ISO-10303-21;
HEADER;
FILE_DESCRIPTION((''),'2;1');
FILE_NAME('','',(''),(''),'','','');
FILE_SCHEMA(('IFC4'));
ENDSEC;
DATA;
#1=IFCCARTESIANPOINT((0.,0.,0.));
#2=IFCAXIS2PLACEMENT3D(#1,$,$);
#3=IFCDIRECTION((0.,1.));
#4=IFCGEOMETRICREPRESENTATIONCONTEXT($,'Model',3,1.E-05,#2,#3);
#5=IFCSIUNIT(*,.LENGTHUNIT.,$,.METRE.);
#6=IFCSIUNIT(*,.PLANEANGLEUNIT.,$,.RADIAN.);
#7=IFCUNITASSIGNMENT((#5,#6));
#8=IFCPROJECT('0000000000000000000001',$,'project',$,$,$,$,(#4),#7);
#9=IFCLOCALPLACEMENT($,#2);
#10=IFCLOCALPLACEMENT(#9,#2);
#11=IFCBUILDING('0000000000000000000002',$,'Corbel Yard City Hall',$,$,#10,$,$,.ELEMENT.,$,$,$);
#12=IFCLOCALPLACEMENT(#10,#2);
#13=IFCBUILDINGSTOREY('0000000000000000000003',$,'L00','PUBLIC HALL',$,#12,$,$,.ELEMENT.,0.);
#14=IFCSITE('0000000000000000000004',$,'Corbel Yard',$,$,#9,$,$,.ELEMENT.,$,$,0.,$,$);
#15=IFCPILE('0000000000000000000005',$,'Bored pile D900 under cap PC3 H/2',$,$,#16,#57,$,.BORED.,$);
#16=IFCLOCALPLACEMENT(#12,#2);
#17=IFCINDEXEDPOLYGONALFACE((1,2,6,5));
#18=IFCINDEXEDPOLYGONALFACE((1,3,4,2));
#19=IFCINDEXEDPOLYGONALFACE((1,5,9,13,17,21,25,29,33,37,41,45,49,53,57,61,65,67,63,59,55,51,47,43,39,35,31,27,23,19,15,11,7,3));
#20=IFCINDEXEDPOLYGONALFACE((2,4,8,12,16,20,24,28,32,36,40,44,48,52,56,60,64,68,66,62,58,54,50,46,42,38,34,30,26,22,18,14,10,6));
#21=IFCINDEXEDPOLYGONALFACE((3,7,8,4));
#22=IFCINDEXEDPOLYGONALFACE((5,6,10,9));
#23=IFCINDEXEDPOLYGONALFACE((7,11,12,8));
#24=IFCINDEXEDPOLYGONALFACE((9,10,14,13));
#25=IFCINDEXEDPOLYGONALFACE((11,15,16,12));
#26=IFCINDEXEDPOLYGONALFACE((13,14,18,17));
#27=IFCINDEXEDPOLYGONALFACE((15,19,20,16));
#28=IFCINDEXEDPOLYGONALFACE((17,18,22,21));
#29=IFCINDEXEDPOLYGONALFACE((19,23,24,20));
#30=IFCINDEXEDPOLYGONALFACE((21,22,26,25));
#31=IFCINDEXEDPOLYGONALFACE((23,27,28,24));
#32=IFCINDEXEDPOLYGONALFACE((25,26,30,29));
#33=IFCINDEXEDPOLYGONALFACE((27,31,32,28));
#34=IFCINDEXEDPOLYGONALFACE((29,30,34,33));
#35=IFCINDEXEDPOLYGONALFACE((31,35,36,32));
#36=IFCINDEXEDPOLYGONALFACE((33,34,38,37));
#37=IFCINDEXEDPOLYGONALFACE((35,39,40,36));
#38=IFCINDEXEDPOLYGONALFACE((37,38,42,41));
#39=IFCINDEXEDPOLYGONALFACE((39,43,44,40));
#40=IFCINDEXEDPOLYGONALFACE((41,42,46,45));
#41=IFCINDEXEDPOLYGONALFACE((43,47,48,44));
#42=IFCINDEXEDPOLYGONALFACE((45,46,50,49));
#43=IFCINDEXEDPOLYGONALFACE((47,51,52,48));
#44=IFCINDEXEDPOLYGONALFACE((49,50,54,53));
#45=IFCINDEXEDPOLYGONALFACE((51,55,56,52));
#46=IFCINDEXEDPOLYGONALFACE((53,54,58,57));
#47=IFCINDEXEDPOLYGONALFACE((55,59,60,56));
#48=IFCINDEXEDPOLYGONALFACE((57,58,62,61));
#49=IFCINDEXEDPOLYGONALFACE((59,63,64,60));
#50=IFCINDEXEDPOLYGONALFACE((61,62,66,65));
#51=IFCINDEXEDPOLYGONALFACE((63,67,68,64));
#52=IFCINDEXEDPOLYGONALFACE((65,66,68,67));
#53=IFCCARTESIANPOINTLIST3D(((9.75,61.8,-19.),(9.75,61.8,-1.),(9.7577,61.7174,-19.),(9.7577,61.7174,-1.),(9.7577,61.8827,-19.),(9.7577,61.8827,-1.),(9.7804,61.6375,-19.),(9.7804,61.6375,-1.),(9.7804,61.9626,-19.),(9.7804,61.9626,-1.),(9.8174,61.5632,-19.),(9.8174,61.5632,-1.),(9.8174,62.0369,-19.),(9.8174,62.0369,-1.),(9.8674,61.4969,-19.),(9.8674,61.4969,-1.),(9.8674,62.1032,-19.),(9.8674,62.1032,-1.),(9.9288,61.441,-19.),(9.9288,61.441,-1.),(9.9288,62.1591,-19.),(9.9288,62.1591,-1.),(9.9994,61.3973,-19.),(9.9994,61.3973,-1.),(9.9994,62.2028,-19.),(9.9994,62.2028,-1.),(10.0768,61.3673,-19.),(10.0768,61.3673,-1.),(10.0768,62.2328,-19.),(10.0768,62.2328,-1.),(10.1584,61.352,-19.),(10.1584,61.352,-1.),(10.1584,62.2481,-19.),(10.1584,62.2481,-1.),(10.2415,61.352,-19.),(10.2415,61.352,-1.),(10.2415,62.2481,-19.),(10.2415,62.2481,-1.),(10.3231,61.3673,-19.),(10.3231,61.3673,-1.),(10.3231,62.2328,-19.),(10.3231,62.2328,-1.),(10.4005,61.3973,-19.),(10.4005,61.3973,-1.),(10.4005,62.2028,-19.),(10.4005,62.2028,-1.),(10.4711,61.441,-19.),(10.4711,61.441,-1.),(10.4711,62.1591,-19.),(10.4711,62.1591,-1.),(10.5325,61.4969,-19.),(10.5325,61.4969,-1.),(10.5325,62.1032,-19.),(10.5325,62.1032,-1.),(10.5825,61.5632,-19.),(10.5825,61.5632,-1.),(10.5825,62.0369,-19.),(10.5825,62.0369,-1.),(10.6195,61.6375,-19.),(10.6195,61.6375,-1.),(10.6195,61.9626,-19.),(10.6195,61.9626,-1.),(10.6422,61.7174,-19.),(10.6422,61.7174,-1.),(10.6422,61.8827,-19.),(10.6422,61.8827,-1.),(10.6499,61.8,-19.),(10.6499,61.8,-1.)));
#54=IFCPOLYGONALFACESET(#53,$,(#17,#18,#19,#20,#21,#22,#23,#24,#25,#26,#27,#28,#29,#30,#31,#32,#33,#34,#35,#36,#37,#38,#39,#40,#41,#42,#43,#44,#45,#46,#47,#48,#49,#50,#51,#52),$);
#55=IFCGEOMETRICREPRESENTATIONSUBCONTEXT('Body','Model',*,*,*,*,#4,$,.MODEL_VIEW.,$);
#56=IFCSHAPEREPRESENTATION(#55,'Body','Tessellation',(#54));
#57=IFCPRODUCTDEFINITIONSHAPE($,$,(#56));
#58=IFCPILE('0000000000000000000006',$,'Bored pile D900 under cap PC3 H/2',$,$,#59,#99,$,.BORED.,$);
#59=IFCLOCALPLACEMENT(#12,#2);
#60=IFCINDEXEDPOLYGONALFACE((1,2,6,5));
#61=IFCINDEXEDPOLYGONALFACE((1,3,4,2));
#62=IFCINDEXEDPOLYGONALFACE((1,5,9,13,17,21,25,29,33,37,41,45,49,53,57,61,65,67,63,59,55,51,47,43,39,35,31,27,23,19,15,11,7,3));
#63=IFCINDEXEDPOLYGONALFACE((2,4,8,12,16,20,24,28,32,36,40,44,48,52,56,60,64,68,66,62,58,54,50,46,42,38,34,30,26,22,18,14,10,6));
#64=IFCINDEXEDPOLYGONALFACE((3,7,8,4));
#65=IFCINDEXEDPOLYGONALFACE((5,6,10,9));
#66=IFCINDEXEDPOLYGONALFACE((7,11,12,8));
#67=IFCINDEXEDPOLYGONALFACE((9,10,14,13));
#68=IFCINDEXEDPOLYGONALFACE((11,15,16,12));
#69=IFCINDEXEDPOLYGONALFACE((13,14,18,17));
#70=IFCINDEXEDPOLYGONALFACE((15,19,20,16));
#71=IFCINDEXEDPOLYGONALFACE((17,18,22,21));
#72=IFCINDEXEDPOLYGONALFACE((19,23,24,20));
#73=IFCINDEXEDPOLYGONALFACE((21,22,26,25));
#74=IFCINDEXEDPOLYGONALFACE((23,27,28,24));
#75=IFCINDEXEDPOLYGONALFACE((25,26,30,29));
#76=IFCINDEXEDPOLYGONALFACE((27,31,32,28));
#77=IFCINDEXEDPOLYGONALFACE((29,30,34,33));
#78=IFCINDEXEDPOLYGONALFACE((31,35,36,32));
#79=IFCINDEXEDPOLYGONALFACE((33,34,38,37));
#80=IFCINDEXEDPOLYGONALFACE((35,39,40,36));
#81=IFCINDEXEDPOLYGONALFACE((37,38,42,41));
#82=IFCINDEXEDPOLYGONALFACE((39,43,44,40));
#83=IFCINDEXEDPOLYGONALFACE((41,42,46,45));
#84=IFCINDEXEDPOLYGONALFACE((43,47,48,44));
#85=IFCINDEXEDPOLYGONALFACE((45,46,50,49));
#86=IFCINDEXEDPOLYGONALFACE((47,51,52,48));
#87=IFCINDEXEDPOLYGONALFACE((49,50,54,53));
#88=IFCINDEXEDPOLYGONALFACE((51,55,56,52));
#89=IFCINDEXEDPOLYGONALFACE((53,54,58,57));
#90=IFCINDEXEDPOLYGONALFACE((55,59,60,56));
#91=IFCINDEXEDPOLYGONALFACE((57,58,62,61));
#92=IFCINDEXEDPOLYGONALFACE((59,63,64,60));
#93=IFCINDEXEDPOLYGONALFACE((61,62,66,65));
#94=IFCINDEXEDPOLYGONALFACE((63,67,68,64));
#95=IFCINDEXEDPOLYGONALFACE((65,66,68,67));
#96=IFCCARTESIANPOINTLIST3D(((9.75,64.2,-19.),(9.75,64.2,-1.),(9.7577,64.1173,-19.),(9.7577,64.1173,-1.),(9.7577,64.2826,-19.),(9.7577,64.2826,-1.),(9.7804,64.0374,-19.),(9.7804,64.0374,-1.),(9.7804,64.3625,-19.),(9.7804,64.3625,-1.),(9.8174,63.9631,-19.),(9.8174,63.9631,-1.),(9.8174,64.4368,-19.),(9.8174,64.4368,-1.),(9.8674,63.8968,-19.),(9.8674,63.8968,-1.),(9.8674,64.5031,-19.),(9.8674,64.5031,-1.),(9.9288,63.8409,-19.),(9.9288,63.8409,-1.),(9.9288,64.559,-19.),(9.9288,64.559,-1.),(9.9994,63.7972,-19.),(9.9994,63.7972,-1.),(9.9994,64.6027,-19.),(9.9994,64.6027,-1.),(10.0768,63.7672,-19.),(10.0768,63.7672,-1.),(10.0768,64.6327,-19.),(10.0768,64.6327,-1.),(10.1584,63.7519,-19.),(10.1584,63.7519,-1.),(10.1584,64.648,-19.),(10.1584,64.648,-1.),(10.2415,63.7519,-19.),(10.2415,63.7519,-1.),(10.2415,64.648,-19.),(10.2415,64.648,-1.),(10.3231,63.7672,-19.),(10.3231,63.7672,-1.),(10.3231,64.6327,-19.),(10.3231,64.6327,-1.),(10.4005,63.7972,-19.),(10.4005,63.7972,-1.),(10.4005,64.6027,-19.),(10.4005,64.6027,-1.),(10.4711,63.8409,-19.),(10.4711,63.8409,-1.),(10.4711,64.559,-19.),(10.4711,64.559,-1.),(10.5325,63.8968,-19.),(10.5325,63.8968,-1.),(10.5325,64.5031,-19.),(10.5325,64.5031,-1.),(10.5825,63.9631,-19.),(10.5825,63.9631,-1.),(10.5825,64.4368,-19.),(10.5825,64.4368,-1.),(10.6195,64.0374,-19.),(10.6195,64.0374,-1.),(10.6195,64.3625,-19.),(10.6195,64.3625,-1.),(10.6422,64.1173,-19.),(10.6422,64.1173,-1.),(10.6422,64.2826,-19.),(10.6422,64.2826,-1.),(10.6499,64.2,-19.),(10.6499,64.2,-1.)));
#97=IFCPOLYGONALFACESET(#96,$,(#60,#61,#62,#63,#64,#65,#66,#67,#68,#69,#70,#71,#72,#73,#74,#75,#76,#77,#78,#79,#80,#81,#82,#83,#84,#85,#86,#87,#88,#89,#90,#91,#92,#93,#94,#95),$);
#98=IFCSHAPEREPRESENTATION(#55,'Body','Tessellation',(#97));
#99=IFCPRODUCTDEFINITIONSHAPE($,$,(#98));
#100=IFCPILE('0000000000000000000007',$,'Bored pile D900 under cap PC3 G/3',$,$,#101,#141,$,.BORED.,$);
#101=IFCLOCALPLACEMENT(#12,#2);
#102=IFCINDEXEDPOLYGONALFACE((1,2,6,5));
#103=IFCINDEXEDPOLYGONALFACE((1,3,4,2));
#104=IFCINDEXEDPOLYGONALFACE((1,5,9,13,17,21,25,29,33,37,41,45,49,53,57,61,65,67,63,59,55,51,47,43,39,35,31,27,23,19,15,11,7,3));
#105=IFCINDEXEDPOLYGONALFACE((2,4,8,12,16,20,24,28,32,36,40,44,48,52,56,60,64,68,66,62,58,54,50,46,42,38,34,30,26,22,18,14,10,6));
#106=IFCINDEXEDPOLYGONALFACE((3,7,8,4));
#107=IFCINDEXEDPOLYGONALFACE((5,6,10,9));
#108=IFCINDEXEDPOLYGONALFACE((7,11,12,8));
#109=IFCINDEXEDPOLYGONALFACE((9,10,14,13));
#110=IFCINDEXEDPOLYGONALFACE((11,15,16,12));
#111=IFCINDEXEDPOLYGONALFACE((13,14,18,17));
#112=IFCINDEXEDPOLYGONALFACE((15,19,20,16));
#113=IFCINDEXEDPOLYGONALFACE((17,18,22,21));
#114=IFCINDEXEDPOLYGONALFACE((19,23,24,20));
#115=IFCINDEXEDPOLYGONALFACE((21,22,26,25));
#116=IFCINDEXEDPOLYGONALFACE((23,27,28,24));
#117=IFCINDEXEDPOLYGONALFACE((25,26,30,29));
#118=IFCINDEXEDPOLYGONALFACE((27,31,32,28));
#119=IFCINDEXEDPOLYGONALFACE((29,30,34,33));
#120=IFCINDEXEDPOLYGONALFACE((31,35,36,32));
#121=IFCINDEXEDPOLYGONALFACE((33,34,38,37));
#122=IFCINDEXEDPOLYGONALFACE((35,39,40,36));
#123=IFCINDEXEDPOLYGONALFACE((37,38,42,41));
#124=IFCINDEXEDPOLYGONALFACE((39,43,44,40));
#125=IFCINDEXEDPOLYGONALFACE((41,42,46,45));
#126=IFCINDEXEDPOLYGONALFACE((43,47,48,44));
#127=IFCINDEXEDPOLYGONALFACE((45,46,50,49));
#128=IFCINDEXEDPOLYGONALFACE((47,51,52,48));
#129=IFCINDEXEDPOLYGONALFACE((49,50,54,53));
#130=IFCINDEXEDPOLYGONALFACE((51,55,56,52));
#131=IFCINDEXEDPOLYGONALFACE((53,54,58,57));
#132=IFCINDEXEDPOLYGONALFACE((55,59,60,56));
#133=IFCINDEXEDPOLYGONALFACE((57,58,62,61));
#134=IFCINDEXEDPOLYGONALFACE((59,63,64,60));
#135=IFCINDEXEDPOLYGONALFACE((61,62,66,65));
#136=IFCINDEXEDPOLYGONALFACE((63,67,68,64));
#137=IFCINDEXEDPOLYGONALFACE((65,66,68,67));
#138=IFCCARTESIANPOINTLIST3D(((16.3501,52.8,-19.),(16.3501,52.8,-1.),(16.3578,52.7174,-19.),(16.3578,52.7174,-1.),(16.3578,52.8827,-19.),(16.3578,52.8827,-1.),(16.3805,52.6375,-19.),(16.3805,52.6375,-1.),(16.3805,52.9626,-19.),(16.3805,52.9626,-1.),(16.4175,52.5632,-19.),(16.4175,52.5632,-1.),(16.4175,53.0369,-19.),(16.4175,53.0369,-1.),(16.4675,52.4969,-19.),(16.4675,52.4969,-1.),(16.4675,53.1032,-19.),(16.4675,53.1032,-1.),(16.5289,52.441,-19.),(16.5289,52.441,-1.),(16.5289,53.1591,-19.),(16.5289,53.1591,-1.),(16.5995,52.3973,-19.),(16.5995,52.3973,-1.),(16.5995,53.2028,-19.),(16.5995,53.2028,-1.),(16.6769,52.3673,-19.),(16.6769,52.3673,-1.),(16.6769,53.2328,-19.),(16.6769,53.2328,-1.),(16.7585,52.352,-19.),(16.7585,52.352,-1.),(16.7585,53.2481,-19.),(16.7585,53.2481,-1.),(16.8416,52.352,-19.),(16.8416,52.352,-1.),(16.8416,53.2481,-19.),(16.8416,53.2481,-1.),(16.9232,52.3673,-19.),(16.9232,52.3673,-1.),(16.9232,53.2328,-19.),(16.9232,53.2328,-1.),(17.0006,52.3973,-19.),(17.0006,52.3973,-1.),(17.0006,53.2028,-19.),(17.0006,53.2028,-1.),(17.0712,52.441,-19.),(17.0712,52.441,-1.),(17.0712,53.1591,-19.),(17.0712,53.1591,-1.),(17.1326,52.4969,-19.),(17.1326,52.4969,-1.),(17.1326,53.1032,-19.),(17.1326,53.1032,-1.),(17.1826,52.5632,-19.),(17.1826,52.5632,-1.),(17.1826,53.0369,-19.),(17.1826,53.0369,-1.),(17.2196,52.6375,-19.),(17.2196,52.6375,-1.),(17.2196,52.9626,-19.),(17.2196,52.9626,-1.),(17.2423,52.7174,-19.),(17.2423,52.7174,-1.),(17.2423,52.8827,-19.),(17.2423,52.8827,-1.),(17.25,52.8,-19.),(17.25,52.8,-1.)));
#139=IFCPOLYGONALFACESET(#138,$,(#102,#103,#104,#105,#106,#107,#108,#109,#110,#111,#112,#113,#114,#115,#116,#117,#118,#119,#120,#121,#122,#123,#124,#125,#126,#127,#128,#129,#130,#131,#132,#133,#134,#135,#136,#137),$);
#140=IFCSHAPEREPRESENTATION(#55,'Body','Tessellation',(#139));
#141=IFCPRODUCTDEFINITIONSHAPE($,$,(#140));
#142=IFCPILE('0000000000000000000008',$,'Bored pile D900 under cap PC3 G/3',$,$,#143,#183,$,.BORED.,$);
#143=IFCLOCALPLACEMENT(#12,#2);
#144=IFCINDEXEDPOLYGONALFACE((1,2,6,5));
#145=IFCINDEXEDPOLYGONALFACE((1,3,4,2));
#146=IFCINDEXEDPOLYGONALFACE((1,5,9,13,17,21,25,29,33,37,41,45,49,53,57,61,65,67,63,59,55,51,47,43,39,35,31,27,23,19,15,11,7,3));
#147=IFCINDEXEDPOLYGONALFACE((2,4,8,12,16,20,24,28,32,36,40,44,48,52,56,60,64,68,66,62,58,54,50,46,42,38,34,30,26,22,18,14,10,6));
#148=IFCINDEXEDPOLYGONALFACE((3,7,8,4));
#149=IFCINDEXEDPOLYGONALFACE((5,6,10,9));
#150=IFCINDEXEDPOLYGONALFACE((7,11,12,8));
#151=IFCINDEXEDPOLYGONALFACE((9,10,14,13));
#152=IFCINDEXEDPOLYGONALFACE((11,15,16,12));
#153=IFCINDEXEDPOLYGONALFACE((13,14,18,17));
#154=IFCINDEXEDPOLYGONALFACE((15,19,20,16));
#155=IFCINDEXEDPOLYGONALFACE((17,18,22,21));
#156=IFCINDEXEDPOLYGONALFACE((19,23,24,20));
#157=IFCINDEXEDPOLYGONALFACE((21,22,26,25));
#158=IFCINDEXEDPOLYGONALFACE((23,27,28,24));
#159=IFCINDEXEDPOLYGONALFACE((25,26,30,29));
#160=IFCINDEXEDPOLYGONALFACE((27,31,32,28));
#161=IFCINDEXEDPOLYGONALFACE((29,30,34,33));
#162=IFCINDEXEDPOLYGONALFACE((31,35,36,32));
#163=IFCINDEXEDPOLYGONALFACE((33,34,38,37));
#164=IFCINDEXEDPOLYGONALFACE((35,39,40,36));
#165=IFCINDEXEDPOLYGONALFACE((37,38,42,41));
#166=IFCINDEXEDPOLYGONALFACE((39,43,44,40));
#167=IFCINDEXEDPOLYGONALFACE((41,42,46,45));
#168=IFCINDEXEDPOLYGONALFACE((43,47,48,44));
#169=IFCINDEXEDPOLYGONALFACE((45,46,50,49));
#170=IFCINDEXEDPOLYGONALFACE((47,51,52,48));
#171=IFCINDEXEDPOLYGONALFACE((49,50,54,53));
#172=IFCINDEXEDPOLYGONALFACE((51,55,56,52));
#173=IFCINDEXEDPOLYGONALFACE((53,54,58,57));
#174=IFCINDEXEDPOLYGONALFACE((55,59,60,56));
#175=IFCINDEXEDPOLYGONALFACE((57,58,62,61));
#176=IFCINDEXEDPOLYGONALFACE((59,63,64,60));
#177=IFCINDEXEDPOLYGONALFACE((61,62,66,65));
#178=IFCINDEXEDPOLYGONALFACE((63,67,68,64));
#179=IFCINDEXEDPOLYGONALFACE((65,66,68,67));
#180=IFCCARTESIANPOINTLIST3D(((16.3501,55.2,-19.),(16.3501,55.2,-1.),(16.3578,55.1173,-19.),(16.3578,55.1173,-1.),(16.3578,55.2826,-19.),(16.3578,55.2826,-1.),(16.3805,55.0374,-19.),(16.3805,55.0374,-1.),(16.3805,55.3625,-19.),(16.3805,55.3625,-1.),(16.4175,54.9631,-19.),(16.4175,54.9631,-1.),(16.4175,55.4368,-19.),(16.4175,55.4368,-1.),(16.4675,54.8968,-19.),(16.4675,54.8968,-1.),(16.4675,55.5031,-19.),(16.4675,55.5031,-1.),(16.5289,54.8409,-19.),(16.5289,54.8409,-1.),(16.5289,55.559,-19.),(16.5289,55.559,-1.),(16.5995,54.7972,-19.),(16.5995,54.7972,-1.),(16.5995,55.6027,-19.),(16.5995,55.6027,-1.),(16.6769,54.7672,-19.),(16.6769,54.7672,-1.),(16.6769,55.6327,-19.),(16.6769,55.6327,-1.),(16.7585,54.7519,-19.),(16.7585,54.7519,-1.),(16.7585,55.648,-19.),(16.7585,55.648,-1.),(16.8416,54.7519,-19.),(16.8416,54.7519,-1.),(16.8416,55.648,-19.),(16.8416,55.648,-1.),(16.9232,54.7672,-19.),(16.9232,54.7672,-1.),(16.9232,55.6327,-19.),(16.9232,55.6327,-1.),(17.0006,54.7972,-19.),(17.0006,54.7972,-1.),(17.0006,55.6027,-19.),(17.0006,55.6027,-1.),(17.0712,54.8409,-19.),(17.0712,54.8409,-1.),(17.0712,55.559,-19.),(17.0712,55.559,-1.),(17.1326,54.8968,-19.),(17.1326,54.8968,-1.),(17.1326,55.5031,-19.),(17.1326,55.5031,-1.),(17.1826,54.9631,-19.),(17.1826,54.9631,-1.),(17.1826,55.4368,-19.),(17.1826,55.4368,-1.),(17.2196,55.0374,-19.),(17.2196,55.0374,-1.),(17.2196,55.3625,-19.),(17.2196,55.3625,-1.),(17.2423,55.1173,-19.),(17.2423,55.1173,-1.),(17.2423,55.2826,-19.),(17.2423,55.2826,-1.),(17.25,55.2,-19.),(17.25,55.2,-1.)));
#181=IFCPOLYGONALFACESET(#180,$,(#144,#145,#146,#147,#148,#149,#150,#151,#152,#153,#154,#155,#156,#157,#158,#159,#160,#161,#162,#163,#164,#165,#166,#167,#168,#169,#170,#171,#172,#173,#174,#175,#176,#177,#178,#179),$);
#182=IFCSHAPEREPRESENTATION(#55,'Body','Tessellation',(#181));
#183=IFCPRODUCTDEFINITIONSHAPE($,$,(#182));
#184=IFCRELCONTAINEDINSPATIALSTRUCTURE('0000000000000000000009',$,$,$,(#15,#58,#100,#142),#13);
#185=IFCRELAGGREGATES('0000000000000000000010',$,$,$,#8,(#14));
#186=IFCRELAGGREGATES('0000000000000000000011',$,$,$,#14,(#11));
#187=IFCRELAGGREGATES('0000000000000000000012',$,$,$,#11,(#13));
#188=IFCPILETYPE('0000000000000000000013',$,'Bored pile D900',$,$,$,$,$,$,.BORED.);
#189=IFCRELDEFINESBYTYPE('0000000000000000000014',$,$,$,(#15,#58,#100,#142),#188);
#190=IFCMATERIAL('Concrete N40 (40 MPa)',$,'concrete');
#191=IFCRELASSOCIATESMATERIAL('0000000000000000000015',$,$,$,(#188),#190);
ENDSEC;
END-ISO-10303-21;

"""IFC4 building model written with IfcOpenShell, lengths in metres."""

from ifc_helpers import new_model, si_unit, direction, frame, origin, origin_2d, place, context, subcontext, project, spatial, circle, extrude, material, material_profile, profile_set, type_object, element, save


model = new_model("IFC4")

# Units and contexts
model_context = context("Model", 3, precision=1e-05, world=origin(), true_north=direction((0.0, 1.0)))
body_context = subcontext(model_context, "Body", "Model", "MODEL_VIEW")
ifc_project = project(units=[si_unit("LENGTHUNIT", "METRE"), si_unit("PLANEANGLEUNIT", "RADIAN")], contexts=[model_context])

# Site, building, storey
site_placement = place(None, origin())
site = spatial("IfcSite", under=ifc_project, at=site_placement, Name="Corbel Yard", CompositionType="ELEMENT", RefElevation=0.0)
building_placement = place(site_placement, origin())
building = spatial("IfcBuilding", under=site, at=building_placement, Name="Corbel Yard City Hall", CompositionType="ELEMENT")
storey_placement = place(building_placement, origin())
storey = spatial("IfcBuildingStorey", under=building, at=storey_placement, Name="L00", Description="PUBLIC HALL", CompositionType="ELEMENT", Elevation=0.0)

# Piles
ifc_material_1 = material(Name="Concrete N40 (40 MPa)", Category="concrete")
ifc_material_profile_1 = material_profile(ifc_material_1, circle(Radius=0.45, at=origin_2d()), Name="D900")
ifc_profile_set_1 = profile_set([ifc_material_profile_1], Name="Concrete N40 (40 MPa)")
pile_type_1 = type_object("IfcPileType", Name="Bored pile D900", PredefinedType="BORED", material=ifc_profile_set_1)
for number, where, z_axis, x_axis, name in (
    (1, (10.2, 61.8, -1.0), (0.0, 0.0, -1.0), (1.0, 0.0, 0.0), "Bored pile D900 under cap PC3 H/2"),
    (2, (10.2, 64.2, -1.0), (0.0, 0.0, -1.0), (1.0, 0.0, 0.0), "Bored pile D900 under cap PC3 H/2"),
    (3, (16.8, 52.8, -1.0), (0.0, 0.0, -1.0), (1.0, 0.0, 0.0), "Bored pile D900 under cap PC3 G/3"),
    (4, (16.8, 55.2, -1.0), (0.0, 0.0, -1.0), (1.0, 0.0, 0.0), "Bored pile D900 under cap PC3 G/3"),
):
    element("IfcPile", number, at=place(storey_placement, frame(where, z_axis=z_axis, x_axis=x_axis)), inside=storey, type_object=pile_type_1, Name=name, PredefinedType="BORED", context=body_context, shape_type="SweptSolid", body=[
        extrude(circle(Radius=0.45, at=origin_2d()), origin(), (0.0, 0.0, 1.0), 18.0),
    ])

save(model, "model.ifc")
